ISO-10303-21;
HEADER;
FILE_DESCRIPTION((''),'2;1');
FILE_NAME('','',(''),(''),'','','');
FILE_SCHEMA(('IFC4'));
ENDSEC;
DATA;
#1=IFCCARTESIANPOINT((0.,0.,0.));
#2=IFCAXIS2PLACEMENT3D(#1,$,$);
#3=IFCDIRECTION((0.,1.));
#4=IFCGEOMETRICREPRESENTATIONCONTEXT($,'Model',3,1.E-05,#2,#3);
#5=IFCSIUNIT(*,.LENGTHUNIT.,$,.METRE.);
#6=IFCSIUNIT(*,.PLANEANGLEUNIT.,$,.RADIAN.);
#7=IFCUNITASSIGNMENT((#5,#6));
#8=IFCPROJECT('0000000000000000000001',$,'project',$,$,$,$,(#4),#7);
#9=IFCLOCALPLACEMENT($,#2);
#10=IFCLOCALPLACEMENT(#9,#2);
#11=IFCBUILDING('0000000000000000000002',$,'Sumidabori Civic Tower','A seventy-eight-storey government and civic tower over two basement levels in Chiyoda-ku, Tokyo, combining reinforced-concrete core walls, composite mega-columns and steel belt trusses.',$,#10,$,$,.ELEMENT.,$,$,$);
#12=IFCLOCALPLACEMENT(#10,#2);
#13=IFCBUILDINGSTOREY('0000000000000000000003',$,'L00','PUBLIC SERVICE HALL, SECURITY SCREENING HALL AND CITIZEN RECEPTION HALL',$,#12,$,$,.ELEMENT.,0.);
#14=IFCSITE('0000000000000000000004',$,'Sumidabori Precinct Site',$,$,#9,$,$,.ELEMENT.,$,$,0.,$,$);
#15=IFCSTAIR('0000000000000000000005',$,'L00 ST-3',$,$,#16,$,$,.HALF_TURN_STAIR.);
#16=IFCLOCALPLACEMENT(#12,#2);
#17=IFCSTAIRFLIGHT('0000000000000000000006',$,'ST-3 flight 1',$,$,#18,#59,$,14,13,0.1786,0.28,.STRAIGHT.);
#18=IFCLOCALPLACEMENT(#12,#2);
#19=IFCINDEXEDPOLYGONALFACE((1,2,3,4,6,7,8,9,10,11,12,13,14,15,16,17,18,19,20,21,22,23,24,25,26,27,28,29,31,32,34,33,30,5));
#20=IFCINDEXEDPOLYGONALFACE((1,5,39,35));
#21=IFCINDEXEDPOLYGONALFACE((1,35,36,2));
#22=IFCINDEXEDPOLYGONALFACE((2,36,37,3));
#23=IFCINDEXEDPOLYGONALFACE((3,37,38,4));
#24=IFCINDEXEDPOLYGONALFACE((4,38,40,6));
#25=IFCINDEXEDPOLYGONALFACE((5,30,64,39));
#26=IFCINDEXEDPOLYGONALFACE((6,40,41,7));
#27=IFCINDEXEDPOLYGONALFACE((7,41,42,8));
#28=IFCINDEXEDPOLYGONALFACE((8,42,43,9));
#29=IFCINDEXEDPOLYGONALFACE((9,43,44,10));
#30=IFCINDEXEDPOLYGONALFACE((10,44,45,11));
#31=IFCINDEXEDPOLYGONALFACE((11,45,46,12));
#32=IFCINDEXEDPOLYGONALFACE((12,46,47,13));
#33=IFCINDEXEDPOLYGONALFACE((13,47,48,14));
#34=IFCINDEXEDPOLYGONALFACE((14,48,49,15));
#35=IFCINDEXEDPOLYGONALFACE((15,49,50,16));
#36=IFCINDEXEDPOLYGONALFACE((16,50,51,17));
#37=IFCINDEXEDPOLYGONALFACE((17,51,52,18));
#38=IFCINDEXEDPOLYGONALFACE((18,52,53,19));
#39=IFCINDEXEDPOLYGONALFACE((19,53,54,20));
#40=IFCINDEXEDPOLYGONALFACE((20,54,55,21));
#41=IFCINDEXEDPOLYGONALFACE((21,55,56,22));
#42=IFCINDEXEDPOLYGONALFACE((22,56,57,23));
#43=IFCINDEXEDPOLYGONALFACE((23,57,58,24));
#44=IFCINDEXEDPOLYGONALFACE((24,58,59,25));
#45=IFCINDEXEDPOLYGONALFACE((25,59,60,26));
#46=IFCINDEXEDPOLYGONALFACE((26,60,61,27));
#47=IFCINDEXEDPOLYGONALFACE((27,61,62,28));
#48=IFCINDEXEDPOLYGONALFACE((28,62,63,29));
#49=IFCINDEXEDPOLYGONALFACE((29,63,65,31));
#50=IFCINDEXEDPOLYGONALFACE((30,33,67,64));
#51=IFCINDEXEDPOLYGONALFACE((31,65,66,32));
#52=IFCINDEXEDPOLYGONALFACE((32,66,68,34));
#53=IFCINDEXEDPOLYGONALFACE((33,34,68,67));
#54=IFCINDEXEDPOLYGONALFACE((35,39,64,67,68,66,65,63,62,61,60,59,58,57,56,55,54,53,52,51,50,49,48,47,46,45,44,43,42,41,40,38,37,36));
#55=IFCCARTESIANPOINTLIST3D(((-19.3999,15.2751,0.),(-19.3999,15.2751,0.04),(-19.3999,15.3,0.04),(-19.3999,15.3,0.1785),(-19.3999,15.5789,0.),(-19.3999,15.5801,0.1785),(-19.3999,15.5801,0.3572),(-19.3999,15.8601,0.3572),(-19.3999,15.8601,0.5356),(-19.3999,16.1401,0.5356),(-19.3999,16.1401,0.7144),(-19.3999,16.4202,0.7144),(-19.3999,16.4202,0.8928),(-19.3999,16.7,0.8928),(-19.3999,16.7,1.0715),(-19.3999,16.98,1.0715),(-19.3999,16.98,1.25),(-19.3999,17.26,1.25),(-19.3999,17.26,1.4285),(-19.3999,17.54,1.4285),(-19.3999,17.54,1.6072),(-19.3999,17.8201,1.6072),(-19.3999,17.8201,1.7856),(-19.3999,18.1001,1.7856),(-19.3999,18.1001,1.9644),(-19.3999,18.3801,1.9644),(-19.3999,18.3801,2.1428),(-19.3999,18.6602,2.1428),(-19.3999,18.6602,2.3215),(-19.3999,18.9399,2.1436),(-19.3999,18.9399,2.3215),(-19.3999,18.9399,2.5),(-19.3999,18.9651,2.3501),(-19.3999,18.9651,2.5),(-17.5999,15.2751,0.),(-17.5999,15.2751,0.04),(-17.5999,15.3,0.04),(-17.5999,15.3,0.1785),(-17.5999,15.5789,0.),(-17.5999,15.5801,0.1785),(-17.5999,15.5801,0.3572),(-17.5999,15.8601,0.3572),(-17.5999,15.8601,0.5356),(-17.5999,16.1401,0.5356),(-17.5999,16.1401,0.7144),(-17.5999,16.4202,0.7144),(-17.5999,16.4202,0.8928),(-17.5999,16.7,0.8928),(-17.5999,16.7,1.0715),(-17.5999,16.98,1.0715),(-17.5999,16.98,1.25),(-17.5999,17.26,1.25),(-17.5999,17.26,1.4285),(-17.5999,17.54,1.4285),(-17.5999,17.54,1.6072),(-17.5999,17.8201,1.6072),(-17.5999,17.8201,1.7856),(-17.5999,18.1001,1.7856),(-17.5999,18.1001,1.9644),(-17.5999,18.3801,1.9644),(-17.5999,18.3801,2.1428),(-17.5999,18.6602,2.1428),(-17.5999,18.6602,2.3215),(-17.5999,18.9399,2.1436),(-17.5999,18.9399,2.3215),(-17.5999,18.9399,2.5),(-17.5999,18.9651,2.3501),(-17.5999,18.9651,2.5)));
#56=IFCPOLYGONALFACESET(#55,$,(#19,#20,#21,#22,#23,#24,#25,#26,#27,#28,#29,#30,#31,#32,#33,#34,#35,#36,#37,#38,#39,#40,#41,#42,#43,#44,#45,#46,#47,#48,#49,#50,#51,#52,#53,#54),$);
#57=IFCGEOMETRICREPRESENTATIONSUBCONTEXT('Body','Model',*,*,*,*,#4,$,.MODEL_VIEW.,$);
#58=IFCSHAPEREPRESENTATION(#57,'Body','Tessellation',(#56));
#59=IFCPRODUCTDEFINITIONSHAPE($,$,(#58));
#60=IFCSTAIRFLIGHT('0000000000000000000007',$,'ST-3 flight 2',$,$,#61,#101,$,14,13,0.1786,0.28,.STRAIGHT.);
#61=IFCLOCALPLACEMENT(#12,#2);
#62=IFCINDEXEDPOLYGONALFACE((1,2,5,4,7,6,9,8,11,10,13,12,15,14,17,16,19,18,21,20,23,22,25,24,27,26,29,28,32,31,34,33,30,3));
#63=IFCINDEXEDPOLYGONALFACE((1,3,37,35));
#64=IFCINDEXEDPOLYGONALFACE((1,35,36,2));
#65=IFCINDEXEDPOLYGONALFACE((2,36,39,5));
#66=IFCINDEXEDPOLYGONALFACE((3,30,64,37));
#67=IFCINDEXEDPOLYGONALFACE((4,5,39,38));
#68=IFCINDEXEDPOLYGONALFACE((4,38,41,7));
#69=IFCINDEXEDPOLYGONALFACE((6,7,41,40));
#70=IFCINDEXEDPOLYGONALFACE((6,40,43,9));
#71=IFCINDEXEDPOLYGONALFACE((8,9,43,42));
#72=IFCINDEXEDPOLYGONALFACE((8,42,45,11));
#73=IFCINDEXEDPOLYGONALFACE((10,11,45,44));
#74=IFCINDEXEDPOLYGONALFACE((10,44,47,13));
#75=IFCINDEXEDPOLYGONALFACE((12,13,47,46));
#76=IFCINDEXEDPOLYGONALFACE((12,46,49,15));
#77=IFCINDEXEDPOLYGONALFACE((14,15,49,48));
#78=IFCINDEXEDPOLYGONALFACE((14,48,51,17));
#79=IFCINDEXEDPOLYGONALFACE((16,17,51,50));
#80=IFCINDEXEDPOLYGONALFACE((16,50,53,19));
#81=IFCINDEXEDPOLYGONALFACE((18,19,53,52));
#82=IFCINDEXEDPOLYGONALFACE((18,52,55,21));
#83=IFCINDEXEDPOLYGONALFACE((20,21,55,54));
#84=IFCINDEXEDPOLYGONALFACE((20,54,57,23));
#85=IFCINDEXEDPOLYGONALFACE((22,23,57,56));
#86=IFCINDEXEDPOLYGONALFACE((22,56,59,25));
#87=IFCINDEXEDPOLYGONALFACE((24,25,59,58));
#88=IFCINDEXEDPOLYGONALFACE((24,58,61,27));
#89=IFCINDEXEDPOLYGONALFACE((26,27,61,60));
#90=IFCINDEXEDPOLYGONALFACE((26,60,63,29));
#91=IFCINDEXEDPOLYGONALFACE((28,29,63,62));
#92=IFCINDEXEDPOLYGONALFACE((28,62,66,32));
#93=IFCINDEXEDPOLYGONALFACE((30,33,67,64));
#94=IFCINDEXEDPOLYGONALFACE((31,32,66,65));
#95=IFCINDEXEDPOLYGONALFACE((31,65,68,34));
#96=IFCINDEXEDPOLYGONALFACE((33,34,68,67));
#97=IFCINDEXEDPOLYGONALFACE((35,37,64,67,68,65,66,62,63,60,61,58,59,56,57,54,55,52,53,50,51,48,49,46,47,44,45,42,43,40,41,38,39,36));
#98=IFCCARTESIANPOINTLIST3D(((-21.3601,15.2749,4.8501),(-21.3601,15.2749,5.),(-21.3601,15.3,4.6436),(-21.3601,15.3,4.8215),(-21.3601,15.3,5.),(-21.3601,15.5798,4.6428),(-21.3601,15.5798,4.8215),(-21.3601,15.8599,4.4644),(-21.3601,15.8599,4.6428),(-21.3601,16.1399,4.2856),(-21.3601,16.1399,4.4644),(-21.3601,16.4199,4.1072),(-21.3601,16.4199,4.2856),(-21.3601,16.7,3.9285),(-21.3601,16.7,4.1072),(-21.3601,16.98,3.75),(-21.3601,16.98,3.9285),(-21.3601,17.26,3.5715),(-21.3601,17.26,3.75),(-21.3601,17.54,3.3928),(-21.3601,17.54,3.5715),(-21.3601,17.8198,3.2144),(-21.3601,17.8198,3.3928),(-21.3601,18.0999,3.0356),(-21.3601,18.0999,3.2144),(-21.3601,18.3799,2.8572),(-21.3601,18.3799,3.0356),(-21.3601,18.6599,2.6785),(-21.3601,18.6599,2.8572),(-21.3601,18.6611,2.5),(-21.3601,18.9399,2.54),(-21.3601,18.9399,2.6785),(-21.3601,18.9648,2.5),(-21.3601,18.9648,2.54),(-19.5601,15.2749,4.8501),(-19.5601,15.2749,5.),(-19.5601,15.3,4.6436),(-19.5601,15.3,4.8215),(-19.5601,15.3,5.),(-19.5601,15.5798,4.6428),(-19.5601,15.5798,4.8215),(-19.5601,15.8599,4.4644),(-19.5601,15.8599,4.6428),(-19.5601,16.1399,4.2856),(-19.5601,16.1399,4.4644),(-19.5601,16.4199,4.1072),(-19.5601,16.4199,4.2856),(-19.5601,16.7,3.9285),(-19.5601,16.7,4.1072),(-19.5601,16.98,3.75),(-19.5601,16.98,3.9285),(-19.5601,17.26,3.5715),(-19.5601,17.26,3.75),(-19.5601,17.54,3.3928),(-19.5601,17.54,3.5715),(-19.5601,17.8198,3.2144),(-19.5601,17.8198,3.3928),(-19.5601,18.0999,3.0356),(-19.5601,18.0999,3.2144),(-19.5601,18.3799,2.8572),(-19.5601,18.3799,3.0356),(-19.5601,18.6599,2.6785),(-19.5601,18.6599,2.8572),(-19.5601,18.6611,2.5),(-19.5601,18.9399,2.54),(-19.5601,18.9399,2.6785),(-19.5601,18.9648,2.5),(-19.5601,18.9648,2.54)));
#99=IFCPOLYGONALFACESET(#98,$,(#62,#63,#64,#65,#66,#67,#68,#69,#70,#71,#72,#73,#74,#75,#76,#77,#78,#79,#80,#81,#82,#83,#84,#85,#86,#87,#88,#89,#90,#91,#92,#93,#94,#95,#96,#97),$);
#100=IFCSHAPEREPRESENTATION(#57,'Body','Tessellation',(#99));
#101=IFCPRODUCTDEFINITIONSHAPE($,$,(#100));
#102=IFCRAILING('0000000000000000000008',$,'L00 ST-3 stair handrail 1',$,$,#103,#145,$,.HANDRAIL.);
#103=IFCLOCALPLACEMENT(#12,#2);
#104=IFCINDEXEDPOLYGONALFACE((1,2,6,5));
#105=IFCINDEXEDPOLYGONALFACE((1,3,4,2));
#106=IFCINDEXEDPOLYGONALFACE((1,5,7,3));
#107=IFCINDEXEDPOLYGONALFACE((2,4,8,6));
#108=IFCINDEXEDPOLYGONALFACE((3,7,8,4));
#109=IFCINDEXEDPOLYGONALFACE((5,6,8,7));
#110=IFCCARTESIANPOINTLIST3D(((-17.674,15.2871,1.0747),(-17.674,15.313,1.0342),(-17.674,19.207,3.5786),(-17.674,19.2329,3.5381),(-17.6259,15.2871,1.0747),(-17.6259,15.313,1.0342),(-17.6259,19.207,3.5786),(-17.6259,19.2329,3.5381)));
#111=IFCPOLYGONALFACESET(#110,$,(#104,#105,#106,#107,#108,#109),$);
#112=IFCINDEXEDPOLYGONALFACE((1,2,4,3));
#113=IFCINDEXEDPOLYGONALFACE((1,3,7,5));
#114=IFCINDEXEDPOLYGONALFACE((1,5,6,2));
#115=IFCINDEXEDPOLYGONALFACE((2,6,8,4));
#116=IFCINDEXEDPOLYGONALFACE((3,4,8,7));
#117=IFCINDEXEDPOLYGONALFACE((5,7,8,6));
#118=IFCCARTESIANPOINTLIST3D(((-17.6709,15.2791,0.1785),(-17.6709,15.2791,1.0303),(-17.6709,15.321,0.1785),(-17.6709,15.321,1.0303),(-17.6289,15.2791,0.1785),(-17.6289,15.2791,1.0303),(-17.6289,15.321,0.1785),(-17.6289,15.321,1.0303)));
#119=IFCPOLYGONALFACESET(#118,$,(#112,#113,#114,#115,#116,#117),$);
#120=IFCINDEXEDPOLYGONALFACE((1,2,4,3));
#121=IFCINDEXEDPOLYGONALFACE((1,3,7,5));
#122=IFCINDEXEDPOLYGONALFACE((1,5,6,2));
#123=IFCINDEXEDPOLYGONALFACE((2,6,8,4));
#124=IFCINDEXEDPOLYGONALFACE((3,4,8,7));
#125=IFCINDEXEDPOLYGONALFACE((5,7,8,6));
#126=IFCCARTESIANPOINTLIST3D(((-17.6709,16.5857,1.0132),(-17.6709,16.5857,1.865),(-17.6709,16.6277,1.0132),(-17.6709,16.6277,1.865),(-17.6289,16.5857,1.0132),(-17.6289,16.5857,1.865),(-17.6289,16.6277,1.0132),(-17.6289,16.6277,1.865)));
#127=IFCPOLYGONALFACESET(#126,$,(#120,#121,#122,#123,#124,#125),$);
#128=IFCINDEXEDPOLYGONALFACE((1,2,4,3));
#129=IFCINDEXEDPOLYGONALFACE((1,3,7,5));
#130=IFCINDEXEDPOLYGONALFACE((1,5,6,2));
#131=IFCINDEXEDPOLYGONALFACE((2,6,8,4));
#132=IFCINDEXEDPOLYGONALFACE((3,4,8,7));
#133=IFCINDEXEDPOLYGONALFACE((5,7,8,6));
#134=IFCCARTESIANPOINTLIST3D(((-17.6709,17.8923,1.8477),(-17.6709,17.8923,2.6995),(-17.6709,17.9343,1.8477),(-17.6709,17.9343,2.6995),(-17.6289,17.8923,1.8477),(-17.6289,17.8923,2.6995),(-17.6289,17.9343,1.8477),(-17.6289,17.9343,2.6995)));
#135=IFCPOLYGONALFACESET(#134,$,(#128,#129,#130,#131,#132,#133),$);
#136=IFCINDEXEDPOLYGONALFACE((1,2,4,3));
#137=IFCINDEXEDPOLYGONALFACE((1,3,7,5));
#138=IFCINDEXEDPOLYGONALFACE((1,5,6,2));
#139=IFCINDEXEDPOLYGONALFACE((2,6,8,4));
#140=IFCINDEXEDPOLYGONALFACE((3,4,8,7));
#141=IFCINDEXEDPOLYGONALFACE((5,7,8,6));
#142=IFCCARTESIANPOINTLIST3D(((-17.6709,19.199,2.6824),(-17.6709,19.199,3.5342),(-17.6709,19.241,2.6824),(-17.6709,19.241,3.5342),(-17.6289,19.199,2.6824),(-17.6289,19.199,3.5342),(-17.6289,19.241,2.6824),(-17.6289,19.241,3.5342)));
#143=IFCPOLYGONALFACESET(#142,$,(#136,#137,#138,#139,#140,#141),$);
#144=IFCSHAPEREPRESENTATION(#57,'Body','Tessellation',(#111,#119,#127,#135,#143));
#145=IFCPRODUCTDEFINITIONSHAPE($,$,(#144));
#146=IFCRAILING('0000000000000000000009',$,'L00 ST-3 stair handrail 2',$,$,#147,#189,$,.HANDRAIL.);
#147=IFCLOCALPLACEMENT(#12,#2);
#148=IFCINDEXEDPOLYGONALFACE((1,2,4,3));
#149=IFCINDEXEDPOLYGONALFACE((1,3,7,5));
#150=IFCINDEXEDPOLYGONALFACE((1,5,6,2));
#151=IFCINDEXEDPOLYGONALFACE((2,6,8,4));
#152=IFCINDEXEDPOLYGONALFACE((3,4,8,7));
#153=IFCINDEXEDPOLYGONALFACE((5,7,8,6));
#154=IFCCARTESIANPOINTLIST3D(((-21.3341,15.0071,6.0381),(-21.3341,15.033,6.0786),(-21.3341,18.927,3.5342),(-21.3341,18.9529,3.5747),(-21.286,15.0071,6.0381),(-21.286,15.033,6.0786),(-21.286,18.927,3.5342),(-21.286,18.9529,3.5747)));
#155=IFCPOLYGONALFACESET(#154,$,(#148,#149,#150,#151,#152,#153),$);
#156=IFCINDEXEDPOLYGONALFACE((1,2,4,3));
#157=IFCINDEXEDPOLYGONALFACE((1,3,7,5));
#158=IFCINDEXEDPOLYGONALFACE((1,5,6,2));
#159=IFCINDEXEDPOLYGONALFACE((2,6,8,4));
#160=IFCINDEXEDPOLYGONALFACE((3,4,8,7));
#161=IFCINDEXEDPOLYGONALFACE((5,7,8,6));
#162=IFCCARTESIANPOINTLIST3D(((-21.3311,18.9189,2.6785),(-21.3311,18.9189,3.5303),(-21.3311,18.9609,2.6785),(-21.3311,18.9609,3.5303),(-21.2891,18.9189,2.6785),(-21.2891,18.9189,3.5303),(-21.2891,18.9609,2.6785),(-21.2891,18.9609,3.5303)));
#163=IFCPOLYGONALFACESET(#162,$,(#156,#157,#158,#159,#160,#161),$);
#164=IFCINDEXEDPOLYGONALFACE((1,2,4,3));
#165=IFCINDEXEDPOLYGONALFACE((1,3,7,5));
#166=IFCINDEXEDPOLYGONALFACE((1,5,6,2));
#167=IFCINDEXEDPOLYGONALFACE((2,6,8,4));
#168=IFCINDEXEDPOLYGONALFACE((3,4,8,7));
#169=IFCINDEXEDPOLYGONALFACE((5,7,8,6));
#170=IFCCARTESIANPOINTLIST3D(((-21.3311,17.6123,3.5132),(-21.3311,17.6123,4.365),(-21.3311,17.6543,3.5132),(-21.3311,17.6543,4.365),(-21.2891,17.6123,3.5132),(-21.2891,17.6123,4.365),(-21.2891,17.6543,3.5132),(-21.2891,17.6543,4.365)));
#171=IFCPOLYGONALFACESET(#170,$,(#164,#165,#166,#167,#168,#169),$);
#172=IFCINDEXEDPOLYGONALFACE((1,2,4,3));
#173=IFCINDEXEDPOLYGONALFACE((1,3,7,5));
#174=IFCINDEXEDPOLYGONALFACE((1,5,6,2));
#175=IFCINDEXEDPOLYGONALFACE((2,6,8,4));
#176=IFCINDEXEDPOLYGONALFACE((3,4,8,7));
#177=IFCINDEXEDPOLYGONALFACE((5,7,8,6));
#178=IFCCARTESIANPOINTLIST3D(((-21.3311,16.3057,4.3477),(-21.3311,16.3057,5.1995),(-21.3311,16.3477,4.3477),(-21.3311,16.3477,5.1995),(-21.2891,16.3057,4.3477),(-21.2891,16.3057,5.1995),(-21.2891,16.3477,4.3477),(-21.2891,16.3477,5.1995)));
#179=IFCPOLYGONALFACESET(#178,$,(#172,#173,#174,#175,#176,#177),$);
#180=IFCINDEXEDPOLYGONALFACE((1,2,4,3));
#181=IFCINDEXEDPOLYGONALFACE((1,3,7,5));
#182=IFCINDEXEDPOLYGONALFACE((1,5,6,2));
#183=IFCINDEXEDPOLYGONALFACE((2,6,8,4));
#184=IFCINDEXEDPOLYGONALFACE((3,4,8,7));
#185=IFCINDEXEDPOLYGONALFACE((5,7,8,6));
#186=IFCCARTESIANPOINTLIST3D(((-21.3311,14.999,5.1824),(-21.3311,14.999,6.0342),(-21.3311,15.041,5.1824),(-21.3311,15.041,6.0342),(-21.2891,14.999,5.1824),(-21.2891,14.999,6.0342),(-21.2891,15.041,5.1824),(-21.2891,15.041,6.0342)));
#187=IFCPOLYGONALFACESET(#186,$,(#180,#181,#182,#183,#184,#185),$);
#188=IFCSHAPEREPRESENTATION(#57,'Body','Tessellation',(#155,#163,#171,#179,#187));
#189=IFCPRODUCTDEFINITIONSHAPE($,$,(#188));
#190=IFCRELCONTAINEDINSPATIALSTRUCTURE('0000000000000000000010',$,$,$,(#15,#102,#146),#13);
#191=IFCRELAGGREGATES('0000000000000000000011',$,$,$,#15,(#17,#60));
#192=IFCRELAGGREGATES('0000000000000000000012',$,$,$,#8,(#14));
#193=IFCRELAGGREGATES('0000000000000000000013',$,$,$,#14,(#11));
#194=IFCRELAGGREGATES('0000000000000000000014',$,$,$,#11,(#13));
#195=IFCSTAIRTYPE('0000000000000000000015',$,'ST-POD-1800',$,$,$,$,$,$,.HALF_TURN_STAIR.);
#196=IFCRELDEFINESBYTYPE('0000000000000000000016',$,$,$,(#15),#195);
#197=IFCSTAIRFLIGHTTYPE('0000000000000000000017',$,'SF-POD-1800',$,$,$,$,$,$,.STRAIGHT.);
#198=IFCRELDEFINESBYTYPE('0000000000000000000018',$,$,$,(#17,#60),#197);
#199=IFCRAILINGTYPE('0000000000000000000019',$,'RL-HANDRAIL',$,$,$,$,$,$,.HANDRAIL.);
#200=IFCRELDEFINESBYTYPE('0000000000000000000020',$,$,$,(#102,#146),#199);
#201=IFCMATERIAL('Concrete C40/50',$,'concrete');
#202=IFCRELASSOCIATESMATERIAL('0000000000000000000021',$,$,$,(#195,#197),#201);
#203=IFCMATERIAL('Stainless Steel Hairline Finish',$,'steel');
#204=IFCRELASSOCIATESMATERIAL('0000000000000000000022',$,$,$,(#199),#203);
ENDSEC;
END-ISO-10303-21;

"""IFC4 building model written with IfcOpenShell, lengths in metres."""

from ifc_helpers import new_model, si_unit, direction, frame, origin, origin_2d, place, context, subcontext, project, spatial, polyline, rectangle, outline, extrude, source, transform, mapped, material, type_object, element, aggregate, save


model = new_model("IFC4")

# Units and contexts
model_context = context("Model", 3, precision=1e-05, world=origin(), true_north=direction((0.0, 1.0)))
body_context = subcontext(model_context, "Body", "Model", "MODEL_VIEW")
ifc_project = project(units=[si_unit("LENGTHUNIT", "METRE"), si_unit("PLANEANGLEUNIT", "RADIAN")], contexts=[model_context])

# Site, building, storey
site_placement = place(None, origin())
site = spatial("IfcSite", under=ifc_project, at=site_placement, Name="Sumidabori Precinct Site", CompositionType="ELEMENT", RefElevation=0.0)
building_placement = place(site_placement, origin())
building = spatial("IfcBuilding", under=site, at=building_placement, Name="Sumidabori Civic Tower", Description="A seventy-eight-storey government and civic tower over two basement levels in Chiyoda-ku, Tokyo, combining reinforced-concrete core walls, composite mega-columns and steel belt trusses.", CompositionType="ELEMENT")
storey_placement = place(building_placement, origin())
storey = spatial("IfcBuildingStorey", under=building, at=storey_placement, Name="L00", Description="PUBLIC SERVICE HALL, SECURITY SCREENING HALL AND CITIZEN RECEPTION HALL", CompositionType="ELEMENT", Elevation=0.0)

# Stair, stair flights
ifc_material_1 = material(Name="Concrete C40/50", Category="concrete")
stair_type = type_object("IfcStairType", Name="ST-POD-1800", PredefinedType="HALF_TURN_STAIR", material=ifc_material_1)
stair_placement = place(storey_placement, origin())
stair = element("IfcStair", 1, at=stair_placement, inside=storey, type_object=stair_type, Name="L00 ST-3", PredefinedType="HALF_TURN_STAIR")
stair_flight_type = type_object("IfcStairFlightType", Name="SF-POD-1800", PredefinedType="STRAIGHT", material=ifc_material_1)
shared_shape_1 = source(origin(), body_context, "Body", "SweptSolid", [
    extrude(outline(polyline([(-0.0249, 0.0), (-0.0249, 0.04), (0.0, 0.04), (0.0, 0.1785), (0.28, 0.1785), (0.28, 0.3572), (0.5601, 0.3572), (0.5601, 0.5356), (0.8401, 0.5356), (0.8401, 0.7144), (1.1201, 0.7144), (1.1201, 0.8928), (1.3999, 0.8928), (1.3999, 1.0715), (1.6799, 1.0715), (1.6799, 1.25), (1.96, 1.25), (1.96, 1.4285), (2.24, 1.4285), (2.24, 1.6072), (2.52, 1.6072), (2.52, 1.7856), (2.8, 1.7856), (2.8, 1.9644), (3.0801, 1.9644), (3.0801, 2.1428), (3.3601, 2.1428), (3.3601, 2.3215), (3.6399, 2.3215), (3.6399, 2.5), (3.665, 2.5), (3.665, 2.3501), (3.6399, 2.1436), (0.2788, 0.0), (-0.0249, 0.0)])), frame((0.0, 0.8999, 0.0), z_axis=(0.0, -1.0, 0.0), x_axis=(1.0, 0.0, 0.0)), (0.0, 0.0, 1.0), 1.8),
])
stair_flight_1_placement = place(storey_placement, frame((-18.5, 15.3, 0.0), z_axis=(0.0, 0.0, 1.0), x_axis=(0.0, 1.0, 0.0)))
stair_flight_1 = element("IfcStairFlight", 2, at=stair_flight_1_placement, type_object=stair_flight_type, Name="ST-3 flight 1", NumberOfRisers=14, NumberOfTreads=13, PredefinedType="STRAIGHT", RiserHeight=0.1786, TreadLength=0.28, context=body_context, shape_type="MappedRepresentation", body=[
    mapped(shared_shape_1, transform((0.0, 0.0, 0.0), x_axis=(1.0, 0.0, 0.0), y_axis=(0.0, 1.0, 0.0), z_axis=(0.0, 0.0, 1.0), scale=1.0)),
])
stair_flight_2_placement = place(storey_placement, frame((-20.46, 18.9399, 2.5), z_axis=(0.0, 0.0, 1.0), x_axis=(0.0, -1.0, 0.0)))
stair_flight_2 = element("IfcStairFlight", 3, at=stair_flight_2_placement, type_object=stair_flight_type, Name="ST-3 flight 2", NumberOfRisers=14, NumberOfTreads=13, PredefinedType="STRAIGHT", RiserHeight=0.1786, TreadLength=0.28, context=body_context, shape_type="MappedRepresentation", body=[
    mapped(shared_shape_1, transform((0.0, 0.0, 0.0), x_axis=(1.0, 0.0, 0.0), y_axis=(0.0, 1.0, 0.0), z_axis=(0.0, 0.0, 1.0), scale=1.0)),
])
aggregate(stair, [stair_flight_1, stair_flight_2])

# Railings
ifc_material_2 = material(Name="Stainless Steel Hairline Finish", Category="steel")
railing_type_1 = type_object("IfcRailingType", Name="RL-HANDRAIL", PredefinedType="HANDRAIL", material=ifc_material_2)
railing_1_placement = place(storey_placement, frame((-17.6499, 15.3, 0.1785)))
element("IfcRailing", 4, at=railing_1_placement, inside=storey, type_object=railing_type_1, Name="L00 ST-3 stair handrail 1", PredefinedType="HANDRAIL", context=body_context, shape_type="SweptSolid", body=[
    extrude(rectangle(XDim=0.0481, YDim=0.0481, at=origin_2d()), frame((0.0, 0.0, 0.876), z_axis=(0.0, 0.842744, 0.538315), x_axis=(-1.0, 0.0, 0.0)), (0.0, 0.0, 1.0), 4.6514),
    extrude(rectangle(XDim=0.042, YDim=0.042, at=origin_2d()), origin(), (0.0, 0.0, 1.0), 0.8518),
    extrude(rectangle(XDim=0.042, YDim=0.042, at=origin_2d()), frame((0.0, 1.3066, 0.8347)), (0.0, 0.0, 1.0), 0.8518),
    extrude(rectangle(XDim=0.042, YDim=0.042, at=origin_2d()), frame((0.0, 2.6133, 1.6692)), (0.0, 0.0, 1.0), 0.8518),
    extrude(rectangle(XDim=0.042, YDim=0.042, at=origin_2d()), frame((0.0, 3.9199, 2.5039)), (0.0, 0.0, 1.0), 0.8518),
])
railing_2_placement = place(storey_placement, frame((-21.3101, 18.9399, 2.6785)))
element("IfcRailing", 5, at=railing_2_placement, inside=storey, type_object=railing_type_1, Name="L00 ST-3 stair handrail 2", PredefinedType="HANDRAIL", context=body_context, shape_type="SweptSolid", body=[
    extrude(rectangle(XDim=0.0481, YDim=0.0481, at=origin_2d()), frame((0.0, 0.0, 0.876), z_axis=(0.0, -0.842744, 0.538315), x_axis=(1.0, 0.0, 0.0)), (0.0, 0.0, 1.0), 4.6514),
    extrude(rectangle(XDim=0.042, YDim=0.042, at=origin_2d()), origin(), (0.0, 0.0, 1.0), 0.8518),
    extrude(rectangle(XDim=0.042, YDim=0.042, at=origin_2d()), frame((0.0, -1.3066, 0.8347)), (0.0, 0.0, 1.0), 0.8518),
    extrude(rectangle(XDim=0.042, YDim=0.042, at=origin_2d()), frame((0.0, -2.6133, 1.6692)), (0.0, 0.0, 1.0), 0.8518),
    extrude(rectangle(XDim=0.042, YDim=0.042, at=origin_2d()), frame((0.0, -3.9199, 2.5039)), (0.0, 0.0, 1.0), 0.8518),
])

save(model, "model.ifc")
